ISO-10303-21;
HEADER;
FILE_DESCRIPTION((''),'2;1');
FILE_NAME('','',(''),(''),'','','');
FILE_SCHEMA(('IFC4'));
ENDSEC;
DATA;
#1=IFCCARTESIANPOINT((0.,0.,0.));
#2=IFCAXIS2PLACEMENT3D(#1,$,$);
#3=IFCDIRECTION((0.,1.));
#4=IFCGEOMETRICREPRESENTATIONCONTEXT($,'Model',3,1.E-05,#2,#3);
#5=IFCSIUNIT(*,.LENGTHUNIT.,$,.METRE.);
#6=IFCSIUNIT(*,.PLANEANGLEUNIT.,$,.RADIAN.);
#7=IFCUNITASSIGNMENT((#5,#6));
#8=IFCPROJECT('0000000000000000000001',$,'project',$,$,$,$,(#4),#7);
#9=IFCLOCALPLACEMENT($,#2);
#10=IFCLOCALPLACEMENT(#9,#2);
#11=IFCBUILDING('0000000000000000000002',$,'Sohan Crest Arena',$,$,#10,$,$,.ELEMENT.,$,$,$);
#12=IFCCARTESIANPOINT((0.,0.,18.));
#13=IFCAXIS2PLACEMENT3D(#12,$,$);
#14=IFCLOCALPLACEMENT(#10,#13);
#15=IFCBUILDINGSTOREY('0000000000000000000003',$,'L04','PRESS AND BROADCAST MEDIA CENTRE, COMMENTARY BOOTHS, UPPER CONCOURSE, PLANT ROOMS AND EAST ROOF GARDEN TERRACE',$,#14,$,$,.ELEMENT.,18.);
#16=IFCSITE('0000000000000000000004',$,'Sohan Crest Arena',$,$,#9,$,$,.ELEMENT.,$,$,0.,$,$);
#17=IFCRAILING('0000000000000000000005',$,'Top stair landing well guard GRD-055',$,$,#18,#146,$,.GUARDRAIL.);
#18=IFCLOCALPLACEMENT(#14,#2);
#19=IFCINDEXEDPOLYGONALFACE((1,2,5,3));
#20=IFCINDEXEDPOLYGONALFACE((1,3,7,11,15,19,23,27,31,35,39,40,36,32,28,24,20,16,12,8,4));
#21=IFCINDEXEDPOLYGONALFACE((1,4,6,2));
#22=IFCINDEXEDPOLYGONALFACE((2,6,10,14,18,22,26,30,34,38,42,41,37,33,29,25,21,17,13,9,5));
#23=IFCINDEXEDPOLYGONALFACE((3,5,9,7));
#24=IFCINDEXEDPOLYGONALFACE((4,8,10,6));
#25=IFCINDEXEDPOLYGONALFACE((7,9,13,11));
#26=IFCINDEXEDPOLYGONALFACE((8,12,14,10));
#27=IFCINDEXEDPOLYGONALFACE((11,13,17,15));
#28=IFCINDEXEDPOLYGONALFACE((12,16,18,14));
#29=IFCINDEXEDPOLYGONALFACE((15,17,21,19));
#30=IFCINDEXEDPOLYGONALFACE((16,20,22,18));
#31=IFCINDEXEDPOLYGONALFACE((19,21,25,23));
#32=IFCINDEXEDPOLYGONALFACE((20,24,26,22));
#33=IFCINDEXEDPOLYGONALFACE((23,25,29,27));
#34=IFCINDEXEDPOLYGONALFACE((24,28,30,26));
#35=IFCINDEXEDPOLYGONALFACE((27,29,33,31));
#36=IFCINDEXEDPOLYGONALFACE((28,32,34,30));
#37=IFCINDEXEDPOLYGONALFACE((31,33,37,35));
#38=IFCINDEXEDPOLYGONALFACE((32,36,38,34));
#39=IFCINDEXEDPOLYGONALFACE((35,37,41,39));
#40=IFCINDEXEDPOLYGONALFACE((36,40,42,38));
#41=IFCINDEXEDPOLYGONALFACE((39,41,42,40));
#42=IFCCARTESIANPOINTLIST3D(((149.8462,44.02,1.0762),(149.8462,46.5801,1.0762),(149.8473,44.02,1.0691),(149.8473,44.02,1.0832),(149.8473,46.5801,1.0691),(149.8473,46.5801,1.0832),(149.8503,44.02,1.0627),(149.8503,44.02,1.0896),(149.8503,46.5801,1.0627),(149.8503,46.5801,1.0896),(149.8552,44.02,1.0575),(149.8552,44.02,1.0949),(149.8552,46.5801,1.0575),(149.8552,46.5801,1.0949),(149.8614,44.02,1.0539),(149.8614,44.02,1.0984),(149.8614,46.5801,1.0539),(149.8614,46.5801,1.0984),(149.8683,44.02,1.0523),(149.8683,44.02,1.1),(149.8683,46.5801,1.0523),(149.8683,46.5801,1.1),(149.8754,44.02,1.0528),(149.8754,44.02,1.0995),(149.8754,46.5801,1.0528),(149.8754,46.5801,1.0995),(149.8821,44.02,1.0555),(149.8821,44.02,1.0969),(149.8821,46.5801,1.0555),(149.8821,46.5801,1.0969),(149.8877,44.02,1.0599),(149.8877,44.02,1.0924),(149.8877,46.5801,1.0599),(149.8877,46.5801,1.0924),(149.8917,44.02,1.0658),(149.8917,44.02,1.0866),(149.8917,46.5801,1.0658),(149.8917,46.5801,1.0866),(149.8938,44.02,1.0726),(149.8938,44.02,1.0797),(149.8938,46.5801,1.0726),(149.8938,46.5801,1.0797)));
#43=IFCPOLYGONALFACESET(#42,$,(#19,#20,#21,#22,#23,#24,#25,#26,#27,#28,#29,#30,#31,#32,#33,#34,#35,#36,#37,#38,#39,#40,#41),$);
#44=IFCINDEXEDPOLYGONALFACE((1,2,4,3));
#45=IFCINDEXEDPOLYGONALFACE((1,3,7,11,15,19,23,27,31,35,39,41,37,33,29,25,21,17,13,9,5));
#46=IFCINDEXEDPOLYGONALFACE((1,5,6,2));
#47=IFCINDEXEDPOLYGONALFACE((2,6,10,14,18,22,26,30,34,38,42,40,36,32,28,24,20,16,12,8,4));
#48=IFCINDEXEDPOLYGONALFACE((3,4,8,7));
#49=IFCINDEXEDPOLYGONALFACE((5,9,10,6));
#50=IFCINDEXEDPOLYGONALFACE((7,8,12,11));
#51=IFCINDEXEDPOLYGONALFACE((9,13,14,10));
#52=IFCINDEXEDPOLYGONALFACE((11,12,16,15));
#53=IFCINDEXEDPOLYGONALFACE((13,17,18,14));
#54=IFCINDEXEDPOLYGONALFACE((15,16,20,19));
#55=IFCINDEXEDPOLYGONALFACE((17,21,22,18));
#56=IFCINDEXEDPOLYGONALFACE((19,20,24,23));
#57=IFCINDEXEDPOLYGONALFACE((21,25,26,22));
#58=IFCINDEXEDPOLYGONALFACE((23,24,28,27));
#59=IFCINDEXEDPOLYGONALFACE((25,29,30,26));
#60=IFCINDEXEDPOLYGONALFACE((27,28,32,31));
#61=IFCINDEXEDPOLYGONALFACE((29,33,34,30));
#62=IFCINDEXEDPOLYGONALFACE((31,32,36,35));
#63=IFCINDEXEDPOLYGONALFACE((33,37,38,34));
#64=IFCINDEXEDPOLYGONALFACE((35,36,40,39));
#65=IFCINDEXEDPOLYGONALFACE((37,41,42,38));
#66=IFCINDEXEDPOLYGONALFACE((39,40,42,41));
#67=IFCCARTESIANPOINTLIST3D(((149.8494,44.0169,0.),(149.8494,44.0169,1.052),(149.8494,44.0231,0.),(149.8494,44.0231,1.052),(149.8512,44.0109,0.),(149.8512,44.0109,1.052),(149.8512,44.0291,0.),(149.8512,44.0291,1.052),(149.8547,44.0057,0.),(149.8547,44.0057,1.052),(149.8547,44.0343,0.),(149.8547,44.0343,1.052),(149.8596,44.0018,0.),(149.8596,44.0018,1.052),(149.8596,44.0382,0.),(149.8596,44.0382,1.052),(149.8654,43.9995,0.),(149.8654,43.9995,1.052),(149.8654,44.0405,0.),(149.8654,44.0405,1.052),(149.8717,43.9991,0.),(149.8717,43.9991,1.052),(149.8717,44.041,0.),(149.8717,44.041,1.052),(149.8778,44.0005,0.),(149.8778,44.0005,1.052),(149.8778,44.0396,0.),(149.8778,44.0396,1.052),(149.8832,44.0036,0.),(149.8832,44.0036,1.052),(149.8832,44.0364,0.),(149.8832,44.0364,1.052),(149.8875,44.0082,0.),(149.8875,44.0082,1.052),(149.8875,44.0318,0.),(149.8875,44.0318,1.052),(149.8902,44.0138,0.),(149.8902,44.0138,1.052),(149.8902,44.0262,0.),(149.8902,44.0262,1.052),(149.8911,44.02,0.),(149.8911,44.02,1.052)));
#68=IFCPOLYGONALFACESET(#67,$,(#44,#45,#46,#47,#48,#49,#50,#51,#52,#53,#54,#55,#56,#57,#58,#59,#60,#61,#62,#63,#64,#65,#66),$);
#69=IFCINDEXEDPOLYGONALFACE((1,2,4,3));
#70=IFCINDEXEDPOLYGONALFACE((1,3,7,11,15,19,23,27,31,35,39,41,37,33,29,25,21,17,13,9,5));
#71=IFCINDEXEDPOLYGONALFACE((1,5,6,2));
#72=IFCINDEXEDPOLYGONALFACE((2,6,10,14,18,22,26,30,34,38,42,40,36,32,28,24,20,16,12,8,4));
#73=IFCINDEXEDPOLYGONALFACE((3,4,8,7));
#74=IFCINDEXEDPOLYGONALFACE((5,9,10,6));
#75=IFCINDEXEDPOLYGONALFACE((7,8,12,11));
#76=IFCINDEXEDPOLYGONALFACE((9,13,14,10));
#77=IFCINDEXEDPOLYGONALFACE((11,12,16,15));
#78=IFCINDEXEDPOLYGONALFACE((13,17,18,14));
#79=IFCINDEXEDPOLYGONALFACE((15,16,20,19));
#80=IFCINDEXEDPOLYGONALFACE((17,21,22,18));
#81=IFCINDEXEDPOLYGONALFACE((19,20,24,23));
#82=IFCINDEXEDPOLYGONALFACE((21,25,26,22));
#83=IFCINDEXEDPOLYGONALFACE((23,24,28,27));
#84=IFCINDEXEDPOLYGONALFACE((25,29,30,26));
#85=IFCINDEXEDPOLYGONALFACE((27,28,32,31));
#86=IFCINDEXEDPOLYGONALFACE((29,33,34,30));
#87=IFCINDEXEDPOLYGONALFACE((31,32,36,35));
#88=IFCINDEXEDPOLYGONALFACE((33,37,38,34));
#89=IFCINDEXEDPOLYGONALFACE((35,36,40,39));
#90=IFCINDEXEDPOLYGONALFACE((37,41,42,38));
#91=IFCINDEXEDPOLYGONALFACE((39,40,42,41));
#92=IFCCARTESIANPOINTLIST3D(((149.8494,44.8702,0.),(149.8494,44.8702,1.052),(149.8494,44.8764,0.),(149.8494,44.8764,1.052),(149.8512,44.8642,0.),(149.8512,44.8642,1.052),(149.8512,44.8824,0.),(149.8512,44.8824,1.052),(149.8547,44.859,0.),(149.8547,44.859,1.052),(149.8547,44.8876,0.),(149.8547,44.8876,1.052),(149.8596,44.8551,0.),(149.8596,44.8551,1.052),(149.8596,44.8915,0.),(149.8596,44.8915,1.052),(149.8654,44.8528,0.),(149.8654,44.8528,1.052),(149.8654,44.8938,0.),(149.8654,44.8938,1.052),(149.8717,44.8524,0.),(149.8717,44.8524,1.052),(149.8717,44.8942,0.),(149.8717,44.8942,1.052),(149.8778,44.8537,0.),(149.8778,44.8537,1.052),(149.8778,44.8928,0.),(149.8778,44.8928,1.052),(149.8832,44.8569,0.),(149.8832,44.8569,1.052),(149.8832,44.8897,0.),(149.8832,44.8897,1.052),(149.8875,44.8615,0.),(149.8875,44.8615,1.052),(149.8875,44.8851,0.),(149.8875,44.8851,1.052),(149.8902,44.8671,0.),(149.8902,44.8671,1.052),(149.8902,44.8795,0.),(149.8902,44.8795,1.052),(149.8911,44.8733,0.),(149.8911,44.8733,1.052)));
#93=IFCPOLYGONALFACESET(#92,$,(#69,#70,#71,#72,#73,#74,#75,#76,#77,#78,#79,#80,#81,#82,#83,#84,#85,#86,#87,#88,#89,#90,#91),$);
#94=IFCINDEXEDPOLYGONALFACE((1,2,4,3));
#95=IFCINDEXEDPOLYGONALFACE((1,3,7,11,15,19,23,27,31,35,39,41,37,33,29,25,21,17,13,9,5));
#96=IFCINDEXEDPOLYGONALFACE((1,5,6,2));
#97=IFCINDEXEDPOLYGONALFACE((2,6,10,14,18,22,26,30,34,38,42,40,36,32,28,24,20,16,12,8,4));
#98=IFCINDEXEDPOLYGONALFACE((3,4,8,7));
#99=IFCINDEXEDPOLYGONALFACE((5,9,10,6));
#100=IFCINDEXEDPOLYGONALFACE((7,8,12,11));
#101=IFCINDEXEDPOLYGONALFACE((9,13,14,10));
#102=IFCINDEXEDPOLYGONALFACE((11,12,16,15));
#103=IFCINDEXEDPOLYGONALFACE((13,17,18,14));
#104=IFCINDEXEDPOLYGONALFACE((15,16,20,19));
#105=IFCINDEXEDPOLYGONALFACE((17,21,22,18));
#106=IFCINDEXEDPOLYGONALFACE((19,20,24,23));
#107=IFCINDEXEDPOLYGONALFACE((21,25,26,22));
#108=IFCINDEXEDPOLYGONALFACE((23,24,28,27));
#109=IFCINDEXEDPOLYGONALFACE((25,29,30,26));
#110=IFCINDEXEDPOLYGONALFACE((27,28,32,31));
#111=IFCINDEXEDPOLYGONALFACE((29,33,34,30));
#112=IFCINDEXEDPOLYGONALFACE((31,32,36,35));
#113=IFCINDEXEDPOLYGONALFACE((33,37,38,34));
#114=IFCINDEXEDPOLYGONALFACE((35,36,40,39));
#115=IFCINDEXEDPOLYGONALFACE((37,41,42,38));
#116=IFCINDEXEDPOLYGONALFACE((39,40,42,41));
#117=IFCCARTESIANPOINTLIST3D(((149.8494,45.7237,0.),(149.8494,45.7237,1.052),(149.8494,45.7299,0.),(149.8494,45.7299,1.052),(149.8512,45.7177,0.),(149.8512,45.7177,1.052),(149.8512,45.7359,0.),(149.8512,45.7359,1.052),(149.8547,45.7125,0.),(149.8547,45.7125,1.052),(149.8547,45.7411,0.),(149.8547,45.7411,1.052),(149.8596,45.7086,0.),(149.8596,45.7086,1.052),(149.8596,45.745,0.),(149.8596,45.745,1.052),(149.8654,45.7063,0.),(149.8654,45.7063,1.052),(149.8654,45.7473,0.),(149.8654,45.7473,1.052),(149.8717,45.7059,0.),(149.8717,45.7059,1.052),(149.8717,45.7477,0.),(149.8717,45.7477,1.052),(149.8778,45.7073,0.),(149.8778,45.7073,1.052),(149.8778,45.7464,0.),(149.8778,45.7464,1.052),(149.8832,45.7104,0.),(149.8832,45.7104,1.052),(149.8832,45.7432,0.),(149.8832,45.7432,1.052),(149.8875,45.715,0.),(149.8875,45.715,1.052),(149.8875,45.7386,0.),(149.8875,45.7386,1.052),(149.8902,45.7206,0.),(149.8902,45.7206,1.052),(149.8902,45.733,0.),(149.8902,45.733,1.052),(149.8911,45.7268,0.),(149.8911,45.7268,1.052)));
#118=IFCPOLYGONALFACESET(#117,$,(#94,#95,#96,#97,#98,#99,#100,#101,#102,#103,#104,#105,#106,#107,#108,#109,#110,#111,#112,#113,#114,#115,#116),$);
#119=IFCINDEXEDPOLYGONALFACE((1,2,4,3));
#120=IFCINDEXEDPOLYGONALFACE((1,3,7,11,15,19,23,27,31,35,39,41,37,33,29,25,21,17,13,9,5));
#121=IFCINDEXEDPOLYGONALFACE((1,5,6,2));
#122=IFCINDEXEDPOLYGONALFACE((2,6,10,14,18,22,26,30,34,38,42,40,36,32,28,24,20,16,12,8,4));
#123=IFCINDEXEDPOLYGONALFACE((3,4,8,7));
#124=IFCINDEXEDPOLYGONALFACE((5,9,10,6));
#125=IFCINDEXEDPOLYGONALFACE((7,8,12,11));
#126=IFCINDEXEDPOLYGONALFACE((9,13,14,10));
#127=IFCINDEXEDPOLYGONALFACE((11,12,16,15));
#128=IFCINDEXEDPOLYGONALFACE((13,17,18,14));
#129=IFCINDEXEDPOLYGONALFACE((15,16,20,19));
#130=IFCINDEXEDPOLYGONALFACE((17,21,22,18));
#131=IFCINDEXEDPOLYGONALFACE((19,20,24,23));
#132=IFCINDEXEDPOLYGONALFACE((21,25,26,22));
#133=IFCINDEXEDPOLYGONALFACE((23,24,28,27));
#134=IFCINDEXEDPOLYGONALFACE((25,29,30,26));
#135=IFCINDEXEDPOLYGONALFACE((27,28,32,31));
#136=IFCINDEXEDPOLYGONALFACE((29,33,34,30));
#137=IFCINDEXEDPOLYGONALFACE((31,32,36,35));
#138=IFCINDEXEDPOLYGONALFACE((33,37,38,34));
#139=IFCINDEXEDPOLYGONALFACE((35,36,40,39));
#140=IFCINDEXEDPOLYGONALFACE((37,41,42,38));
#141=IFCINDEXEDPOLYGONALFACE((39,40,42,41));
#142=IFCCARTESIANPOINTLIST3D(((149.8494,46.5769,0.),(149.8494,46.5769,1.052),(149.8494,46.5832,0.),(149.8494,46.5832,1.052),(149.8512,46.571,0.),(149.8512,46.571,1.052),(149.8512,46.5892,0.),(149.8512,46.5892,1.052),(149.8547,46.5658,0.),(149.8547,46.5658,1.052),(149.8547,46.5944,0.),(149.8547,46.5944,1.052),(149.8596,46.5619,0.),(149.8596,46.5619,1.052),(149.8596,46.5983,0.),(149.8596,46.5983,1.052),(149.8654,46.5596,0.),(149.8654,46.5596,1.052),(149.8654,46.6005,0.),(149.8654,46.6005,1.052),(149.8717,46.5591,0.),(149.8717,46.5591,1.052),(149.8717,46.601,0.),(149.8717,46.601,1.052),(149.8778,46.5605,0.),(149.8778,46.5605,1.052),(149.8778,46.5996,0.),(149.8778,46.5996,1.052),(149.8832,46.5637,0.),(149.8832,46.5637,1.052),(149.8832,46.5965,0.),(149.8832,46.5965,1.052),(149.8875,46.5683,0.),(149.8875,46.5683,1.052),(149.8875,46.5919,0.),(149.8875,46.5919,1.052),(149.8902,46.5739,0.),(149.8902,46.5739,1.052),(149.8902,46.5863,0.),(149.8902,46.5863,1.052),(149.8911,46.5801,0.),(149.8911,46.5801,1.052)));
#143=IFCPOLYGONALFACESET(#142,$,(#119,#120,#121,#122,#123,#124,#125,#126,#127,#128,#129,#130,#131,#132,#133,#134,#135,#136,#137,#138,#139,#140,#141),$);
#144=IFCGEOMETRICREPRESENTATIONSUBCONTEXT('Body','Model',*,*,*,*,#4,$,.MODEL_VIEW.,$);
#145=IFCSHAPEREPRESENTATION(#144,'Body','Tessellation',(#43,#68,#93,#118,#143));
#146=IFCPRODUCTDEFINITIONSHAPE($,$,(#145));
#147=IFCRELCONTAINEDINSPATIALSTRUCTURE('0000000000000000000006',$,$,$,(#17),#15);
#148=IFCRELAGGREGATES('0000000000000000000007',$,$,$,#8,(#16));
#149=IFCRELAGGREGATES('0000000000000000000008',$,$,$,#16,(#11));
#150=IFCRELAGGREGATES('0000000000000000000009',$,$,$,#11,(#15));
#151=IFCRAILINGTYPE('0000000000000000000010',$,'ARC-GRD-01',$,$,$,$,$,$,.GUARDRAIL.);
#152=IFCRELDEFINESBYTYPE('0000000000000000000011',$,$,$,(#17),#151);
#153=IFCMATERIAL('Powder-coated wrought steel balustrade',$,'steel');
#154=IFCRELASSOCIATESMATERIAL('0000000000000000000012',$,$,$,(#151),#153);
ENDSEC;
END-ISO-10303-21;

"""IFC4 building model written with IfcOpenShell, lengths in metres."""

from ifc_helpers import new_model, si_unit, direction, frame, origin, origin_2d, place, context, subcontext, project, spatial, circle, extrude, material, type_object, element, save


model = new_model("IFC4")

# Units and contexts
model_context = context("Model", 3, precision=1e-05, world=origin(), true_north=direction((0.0, 1.0)))
body_context = subcontext(model_context, "Body", "Model", "MODEL_VIEW")
ifc_project = project(units=[si_unit("LENGTHUNIT", "METRE"), si_unit("PLANEANGLEUNIT", "RADIAN")], contexts=[model_context])

# Site, building, storey
site_placement = place(None, origin())
site = spatial("IfcSite", under=ifc_project, at=site_placement, Name="Sohan Crest Arena", CompositionType="ELEMENT", RefElevation=0.0)
building_placement = place(site_placement, origin())
building = spatial("IfcBuilding", under=site, at=building_placement, Name="Sohan Crest Arena", CompositionType="ELEMENT")
storey_placement = place(building_placement, frame((0.0, 0.0, 18.0)))
storey = spatial("IfcBuildingStorey", under=building, at=storey_placement, Name="L04", Description="PRESS AND BROADCAST MEDIA CENTRE, COMMENTARY BOOTHS, UPPER CONCOURSE, PLANT ROOMS AND EAST ROOF GARDEN TERRACE", CompositionType="ELEMENT", Elevation=18.0)

# Railing
ifc_material_1 = material(Name="Powder-coated wrought steel balustrade", Category="steel")
railing_type_1 = type_object("IfcRailingType", Name="ARC-GRD-01", PredefinedType="GUARDRAIL", material=ifc_material_1)
railing_1_placement = place(storey_placement, frame((149.8701, 44.02, 0.0)))
element("IfcRailing", 1, at=railing_1_placement, inside=storey, type_object=railing_type_1, Name="Top stair landing well guard GRD-055", PredefinedType="GUARDRAIL", context=body_context, shape_type="SweptSolid", body=[
    extrude(circle(Radius=0.0239, at=origin_2d()), frame((0.0, 0.0, 1.0762), z_axis=(0.0, 1.0, 0.0), x_axis=(-1.0, 0.0, 0.0)), (0.0, 0.0, 1.0), 2.5601),
    extrude(circle(Radius=0.021, at=origin_2d()), origin(), (0.0, 0.0, 1.0), 1.052),
    extrude(circle(Radius=0.021, at=origin_2d()), frame((0.0, 0.8533, 0.0)), (0.0, 0.0, 1.0), 1.052),
    extrude(circle(Radius=0.021, at=origin_2d()), frame((0.0, 1.7068, 0.0)), (0.0, 0.0, 1.0), 1.052),
    extrude(circle(Radius=0.021, at=origin_2d()), frame((0.0, 2.5601, 0.0)), (0.0, 0.0, 1.0), 1.052),
])

save(model, "model.ifc")
